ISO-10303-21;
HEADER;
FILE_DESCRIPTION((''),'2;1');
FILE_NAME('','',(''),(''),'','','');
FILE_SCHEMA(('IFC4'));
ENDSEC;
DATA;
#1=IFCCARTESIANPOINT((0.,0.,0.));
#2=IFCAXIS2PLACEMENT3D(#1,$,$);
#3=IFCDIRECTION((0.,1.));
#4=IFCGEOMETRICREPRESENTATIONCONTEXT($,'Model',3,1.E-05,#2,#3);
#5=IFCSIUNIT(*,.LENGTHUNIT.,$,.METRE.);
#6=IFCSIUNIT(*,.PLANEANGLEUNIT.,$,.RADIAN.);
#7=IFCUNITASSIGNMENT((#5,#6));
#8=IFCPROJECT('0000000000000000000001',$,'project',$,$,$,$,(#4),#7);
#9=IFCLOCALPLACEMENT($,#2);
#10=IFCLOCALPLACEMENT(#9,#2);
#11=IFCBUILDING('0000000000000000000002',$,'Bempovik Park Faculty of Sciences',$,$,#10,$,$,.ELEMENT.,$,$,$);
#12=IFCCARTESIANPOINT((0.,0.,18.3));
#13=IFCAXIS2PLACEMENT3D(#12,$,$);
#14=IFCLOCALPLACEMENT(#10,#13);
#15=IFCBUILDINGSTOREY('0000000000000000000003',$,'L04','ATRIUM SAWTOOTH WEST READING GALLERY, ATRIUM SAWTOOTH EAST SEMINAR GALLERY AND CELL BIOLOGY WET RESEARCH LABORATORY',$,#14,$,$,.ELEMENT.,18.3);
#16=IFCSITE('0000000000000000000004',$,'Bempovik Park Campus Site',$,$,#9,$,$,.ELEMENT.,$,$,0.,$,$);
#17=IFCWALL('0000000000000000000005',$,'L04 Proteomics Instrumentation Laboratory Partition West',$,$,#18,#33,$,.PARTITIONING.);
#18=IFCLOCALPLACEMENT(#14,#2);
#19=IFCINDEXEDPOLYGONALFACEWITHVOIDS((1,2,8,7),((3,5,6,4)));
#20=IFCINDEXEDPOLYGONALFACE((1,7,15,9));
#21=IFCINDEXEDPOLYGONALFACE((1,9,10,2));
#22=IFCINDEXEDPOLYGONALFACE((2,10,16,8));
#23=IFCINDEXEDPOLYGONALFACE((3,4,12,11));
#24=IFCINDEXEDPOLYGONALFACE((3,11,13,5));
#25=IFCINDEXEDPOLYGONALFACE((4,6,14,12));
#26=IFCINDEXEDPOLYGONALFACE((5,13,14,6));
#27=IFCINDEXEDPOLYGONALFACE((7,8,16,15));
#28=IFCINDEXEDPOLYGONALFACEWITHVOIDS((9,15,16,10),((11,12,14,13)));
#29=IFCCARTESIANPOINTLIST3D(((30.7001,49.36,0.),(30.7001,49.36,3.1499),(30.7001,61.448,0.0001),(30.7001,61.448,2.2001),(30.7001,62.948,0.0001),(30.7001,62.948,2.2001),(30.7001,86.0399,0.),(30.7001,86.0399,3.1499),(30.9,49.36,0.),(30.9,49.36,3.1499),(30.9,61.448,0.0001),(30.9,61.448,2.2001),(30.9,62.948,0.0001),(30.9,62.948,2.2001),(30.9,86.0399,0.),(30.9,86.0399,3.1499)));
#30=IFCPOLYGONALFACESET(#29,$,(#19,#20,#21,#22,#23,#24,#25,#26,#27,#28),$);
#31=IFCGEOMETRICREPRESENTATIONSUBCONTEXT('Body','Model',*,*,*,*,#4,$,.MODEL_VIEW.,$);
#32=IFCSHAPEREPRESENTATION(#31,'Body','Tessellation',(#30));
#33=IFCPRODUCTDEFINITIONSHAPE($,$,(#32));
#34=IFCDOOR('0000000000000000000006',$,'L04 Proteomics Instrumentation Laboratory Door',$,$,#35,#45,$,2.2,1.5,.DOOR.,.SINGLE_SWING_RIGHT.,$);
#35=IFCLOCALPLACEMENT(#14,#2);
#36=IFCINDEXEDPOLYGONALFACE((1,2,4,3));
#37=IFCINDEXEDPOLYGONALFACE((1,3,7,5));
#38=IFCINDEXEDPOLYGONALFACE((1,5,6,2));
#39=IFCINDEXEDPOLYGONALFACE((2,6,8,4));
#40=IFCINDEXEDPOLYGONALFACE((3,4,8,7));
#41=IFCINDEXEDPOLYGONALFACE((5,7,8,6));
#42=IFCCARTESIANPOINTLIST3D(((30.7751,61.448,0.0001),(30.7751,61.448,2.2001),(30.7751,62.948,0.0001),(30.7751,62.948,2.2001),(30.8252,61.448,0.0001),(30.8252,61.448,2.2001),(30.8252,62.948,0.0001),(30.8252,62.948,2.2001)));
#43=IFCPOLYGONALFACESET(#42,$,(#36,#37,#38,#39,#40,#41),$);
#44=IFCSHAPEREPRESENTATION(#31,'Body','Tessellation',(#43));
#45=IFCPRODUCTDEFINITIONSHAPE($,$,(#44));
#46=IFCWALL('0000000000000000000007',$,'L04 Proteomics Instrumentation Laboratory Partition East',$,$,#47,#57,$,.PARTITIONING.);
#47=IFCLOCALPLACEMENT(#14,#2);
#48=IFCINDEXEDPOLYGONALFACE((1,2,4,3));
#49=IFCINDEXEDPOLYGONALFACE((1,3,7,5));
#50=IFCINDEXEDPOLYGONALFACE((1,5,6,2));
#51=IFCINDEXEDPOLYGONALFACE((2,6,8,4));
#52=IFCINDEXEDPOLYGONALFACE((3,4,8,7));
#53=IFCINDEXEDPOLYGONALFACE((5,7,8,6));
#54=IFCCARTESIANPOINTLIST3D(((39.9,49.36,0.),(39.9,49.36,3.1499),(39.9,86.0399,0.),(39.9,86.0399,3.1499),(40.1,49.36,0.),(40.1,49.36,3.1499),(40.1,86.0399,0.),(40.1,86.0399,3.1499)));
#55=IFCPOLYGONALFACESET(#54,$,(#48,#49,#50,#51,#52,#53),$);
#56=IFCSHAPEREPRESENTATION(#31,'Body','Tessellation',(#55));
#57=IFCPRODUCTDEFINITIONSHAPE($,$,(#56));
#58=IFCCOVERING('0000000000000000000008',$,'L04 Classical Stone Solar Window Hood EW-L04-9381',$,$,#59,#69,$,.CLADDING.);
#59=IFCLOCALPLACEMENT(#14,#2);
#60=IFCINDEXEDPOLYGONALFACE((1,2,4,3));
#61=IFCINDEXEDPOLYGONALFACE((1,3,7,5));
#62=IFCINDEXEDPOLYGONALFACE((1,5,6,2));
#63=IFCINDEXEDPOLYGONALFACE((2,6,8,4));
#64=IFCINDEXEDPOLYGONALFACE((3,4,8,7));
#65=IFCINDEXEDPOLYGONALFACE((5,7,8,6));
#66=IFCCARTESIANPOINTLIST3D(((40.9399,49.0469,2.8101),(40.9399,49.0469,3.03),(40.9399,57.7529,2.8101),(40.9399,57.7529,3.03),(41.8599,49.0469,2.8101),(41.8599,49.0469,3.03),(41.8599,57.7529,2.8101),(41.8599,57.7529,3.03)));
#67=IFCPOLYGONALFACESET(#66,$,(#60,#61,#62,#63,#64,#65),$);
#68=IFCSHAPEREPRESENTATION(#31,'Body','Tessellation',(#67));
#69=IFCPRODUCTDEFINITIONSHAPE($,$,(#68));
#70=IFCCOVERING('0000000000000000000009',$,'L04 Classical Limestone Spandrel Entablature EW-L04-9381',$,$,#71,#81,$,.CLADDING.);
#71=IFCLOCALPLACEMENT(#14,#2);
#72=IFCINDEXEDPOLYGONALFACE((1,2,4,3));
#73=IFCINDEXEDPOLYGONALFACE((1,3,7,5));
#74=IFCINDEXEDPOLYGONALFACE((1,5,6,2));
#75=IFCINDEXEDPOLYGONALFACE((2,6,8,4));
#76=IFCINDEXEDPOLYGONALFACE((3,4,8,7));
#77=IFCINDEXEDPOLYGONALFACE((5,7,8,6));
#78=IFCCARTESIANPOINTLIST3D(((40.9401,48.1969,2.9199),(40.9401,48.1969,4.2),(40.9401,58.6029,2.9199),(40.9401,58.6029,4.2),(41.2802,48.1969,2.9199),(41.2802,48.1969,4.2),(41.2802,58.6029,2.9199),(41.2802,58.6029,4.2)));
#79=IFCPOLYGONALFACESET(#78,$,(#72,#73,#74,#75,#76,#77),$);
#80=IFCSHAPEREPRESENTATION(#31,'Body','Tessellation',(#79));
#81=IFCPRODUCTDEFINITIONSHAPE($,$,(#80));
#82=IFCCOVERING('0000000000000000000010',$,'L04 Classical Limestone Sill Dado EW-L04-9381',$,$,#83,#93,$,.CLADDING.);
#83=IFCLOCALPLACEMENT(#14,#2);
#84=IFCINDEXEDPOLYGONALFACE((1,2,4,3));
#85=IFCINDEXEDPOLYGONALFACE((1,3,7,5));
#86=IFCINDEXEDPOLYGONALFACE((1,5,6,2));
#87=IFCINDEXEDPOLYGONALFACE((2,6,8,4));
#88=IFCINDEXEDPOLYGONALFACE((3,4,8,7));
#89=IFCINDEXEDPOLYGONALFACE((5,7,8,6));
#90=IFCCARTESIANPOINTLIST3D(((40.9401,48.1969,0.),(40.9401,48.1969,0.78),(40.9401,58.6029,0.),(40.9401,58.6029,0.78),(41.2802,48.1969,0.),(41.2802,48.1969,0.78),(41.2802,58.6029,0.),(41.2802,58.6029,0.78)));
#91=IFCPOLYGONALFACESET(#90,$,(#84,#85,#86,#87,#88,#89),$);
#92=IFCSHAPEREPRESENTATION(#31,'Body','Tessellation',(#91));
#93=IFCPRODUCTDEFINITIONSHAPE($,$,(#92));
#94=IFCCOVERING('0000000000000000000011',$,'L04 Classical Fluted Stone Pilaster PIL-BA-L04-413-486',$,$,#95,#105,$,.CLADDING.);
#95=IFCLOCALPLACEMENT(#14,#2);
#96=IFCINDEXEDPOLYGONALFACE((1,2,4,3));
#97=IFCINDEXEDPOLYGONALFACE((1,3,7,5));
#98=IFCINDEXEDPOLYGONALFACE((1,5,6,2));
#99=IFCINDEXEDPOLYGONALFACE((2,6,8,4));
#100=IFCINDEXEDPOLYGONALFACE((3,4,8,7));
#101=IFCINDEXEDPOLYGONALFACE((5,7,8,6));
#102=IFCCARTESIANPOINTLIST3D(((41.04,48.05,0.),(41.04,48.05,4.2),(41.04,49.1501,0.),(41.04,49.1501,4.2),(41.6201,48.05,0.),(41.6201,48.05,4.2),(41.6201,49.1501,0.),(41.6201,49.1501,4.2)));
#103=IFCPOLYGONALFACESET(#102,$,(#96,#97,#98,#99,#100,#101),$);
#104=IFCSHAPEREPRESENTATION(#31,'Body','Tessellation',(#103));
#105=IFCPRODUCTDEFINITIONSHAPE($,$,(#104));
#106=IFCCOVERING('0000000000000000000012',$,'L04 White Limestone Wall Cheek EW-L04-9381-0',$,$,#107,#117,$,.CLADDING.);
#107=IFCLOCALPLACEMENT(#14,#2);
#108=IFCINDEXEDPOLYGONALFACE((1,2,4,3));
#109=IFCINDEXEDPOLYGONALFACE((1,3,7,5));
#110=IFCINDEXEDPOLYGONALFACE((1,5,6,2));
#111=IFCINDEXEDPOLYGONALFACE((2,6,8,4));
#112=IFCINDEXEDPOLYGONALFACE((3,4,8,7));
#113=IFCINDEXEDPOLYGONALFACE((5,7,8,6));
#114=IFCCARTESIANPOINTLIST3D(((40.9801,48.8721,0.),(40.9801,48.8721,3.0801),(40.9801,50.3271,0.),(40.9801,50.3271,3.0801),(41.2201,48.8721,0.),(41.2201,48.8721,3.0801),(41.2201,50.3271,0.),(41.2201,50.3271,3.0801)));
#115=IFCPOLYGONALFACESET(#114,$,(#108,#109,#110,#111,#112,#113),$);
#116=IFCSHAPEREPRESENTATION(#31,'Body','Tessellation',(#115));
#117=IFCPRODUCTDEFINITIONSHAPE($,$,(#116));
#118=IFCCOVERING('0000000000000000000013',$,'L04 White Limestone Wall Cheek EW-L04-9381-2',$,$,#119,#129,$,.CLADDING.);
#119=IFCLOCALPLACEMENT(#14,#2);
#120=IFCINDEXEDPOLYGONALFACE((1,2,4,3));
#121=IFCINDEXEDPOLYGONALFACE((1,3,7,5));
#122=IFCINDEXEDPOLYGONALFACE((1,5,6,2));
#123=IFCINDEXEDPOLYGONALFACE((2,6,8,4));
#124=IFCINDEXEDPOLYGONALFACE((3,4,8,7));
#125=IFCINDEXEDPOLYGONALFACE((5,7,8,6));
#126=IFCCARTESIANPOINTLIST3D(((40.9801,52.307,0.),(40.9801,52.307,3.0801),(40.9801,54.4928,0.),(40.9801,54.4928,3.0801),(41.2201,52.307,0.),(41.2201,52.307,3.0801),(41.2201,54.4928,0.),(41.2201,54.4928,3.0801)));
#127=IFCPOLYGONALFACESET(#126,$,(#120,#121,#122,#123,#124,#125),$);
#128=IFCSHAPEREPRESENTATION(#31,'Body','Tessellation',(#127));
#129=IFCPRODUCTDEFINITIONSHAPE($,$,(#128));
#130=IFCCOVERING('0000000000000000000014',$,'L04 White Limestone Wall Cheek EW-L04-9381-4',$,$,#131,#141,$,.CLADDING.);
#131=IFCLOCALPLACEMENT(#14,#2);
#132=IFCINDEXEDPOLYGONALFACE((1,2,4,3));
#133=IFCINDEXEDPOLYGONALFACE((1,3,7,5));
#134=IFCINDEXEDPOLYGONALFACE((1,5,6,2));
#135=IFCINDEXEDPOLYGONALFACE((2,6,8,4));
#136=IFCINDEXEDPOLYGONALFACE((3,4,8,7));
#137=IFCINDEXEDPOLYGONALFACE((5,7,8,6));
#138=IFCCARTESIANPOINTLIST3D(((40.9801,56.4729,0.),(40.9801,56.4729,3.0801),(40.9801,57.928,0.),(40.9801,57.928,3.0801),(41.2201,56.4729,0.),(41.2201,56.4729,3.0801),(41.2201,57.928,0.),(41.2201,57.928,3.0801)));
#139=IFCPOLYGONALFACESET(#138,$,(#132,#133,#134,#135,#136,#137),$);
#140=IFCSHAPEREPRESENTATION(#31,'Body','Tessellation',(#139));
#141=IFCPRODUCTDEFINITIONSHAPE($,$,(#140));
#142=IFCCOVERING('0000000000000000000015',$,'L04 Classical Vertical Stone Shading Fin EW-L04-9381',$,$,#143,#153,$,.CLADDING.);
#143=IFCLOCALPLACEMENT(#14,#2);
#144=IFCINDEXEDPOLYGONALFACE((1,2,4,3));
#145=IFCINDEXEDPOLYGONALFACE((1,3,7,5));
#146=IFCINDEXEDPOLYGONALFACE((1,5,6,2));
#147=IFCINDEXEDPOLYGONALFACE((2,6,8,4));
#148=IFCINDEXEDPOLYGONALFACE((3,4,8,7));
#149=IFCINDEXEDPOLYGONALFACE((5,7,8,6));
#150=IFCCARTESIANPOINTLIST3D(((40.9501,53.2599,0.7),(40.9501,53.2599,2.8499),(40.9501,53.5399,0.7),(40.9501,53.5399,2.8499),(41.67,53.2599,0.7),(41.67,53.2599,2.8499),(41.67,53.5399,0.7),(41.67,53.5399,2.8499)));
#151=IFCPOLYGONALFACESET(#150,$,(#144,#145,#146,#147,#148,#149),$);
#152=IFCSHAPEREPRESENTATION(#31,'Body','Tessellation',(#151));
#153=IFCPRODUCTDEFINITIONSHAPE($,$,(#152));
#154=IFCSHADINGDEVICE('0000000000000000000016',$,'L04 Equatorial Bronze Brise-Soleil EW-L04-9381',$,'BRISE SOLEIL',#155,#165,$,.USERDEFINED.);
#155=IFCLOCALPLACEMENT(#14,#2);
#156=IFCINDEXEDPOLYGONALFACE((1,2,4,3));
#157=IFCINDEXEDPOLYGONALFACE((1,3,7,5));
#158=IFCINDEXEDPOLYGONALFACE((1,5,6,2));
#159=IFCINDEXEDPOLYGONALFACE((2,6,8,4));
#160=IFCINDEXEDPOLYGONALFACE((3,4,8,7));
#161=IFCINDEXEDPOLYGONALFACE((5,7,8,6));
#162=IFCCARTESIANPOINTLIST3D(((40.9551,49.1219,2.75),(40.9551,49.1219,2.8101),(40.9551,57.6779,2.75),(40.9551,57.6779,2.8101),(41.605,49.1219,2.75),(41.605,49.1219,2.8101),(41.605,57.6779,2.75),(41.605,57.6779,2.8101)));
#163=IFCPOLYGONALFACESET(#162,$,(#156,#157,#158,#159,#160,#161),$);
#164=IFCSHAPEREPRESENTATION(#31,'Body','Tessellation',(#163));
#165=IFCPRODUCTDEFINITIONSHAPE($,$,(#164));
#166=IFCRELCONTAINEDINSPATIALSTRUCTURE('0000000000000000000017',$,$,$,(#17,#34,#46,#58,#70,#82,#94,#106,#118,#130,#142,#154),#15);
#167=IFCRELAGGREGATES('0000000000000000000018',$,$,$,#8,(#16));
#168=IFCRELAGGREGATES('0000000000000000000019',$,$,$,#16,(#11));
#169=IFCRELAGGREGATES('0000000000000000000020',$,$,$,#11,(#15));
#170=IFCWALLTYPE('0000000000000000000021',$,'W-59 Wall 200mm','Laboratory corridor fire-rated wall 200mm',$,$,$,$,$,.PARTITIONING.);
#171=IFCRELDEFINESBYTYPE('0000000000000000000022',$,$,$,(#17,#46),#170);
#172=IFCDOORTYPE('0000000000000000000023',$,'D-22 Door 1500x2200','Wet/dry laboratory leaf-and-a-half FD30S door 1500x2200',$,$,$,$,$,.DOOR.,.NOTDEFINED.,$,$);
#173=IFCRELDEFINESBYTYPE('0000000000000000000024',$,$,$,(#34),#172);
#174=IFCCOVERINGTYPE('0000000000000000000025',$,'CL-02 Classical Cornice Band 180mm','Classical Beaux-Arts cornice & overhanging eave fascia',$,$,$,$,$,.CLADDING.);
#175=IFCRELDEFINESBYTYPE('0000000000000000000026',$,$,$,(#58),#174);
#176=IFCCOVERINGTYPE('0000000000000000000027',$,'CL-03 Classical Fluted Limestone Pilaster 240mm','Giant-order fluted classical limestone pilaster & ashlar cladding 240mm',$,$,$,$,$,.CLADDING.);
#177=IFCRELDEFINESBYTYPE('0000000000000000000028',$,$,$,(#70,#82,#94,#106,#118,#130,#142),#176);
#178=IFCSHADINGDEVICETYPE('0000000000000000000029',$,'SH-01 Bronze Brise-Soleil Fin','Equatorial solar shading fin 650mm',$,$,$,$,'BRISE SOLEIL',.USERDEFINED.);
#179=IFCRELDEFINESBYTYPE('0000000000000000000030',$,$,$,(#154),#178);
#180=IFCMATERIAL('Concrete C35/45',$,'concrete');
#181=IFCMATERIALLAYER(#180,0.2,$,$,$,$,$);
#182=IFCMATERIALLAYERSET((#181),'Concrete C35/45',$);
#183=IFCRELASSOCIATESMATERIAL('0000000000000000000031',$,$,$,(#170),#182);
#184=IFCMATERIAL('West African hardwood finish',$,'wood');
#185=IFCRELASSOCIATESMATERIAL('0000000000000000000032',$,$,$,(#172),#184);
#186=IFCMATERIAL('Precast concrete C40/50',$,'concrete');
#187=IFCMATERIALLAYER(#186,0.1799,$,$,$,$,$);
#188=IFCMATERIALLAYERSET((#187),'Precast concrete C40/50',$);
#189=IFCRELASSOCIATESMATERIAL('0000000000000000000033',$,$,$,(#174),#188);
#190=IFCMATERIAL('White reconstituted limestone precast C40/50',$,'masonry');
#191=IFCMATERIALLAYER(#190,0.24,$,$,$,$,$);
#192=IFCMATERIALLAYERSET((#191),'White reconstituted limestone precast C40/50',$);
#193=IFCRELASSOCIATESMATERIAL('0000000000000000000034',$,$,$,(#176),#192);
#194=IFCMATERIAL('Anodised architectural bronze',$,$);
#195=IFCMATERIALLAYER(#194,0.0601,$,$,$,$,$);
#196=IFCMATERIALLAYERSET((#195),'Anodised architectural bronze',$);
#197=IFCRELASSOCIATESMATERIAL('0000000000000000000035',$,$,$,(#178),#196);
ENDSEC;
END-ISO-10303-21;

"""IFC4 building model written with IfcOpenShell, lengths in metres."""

from ifc_helpers import new_model, si_unit, direction, frame, frame_2d, origin, origin_2d, place, context, subcontext, project, spatial, rectangle, extrude, material, layer, layer_set, type_object, element, fill, save


model = new_model("IFC4")

# Units and contexts
model_context = context("Model", 3, precision=1e-05, world=origin(), true_north=direction((0.0, 1.0)))
body_context = subcontext(model_context, "Body", "Model", "MODEL_VIEW")
ifc_project = project(units=[si_unit("LENGTHUNIT", "METRE"), si_unit("PLANEANGLEUNIT", "RADIAN")], contexts=[model_context])

# Site, building, storey
site_placement = place(None, origin())
site = spatial("IfcSite", under=ifc_project, at=site_placement, Name="Bempovik Park Campus Site", CompositionType="ELEMENT", RefElevation=0.0)
building_placement = place(site_placement, origin())
building = spatial("IfcBuilding", under=site, at=building_placement, Name="Bempovik Park Faculty of Sciences", CompositionType="ELEMENT")
storey_placement = place(building_placement, frame((0.0, 0.0, 18.3)))
storey = spatial("IfcBuildingStorey", under=building, at=storey_placement, Name="L04", Description="ATRIUM SAWTOOTH WEST READING GALLERY, ATRIUM SAWTOOTH EAST SEMINAR GALLERY AND CELL BIOLOGY WET RESEARCH LABORATORY", CompositionType="ELEMENT", Elevation=18.3)

# Shared definitions
ifc_material_1 = material(Name="Concrete C35/45", Category="concrete")

# Shared definitions
ifc_material_2 = material(Name="Precast concrete C40/50", Category="concrete")

# Shared definitions
ifc_layer_1 = layer(ifc_material_1, 0.2)
ifc_layer_set_1 = layer_set([ifc_layer_1], Name="Concrete C35/45")
wall_type_1 = type_object("IfcWallType", Name="W-59 Wall 200mm", Description="Laboratory corridor fire-rated wall 200mm", PredefinedType="PARTITIONING", material=ifc_layer_set_1)

# Wall, opening, door
wall_1_placement = place(storey_placement, frame((30.8, 49.3601, 0.0), z_axis=(0.0, 0.0, 1.0), x_axis=(0.0, 1.0, 0.0)))
wall_1 = element("IfcWall", 1, at=wall_1_placement, inside=storey, type_object=wall_type_1, Name="L04 Proteomics Instrumentation Laboratory Partition West", PredefinedType="PARTITIONING", context=body_context, shape_type="SweptSolid", body=[
    extrude(rectangle(XDim=36.6799, YDim=0.2, at=frame_2d((18.3398, 0.0))), origin(), (0.0, 0.0, 1.0), 3.1499),
])
opening_1_placement = place(wall_1_placement, frame((12.0879, 0.0, 0.0)))
opening_1 = element("IfcOpeningElement", 2, at=opening_1_placement, cuts=wall_1, PredefinedType="OPENING", context=body_context, shape_type="SweptSolid", body=[
    extrude(rectangle(XDim=1.5, YDim=2.2, at=frame_2d((0.75, 1.1001))), frame((0.0, 0.1099, 0.0), z_axis=(0.0, -1.0, 0.0), x_axis=(1.0, 0.0, 0.0)), (0.0, 0.0, 1.0), 0.22),
])
ifc_material_3 = material(Name="West African hardwood finish", Category="wood")
door_type = type_object("IfcDoorType", Name="D-22 Door 1500x2200", Description="Wet/dry laboratory leaf-and-a-half FD30S door 1500x2200", OperationType="NOTDEFINED", PredefinedType="DOOR", material=ifc_material_3)
door_placement = place(opening_1_placement, origin())
door = element("IfcDoor", 3, at=door_placement, inside=storey, type_object=door_type, Name="L04 Proteomics Instrumentation Laboratory Door", OperationType="SINGLE_SWING_RIGHT", OverallHeight=2.2, OverallWidth=1.5, PredefinedType="DOOR", context=body_context, shape_type="SweptSolid", body=[
    extrude(rectangle(XDim=1.5, YDim=2.2, at=frame_2d((0.75, 1.1001))), frame((0.0, 0.0249, 0.0), z_axis=(0.0, -1.0, 0.0), x_axis=(1.0, 0.0, 0.0)), (0.0, 0.0, 1.0), 0.05),
])
fill(opening_1, door)

# Wall
wall_2_placement = place(storey_placement, frame((40.0, 49.3601, 0.0), z_axis=(0.0, 0.0, 1.0), x_axis=(0.0, 1.0, 0.0)))
element("IfcWall", 4, at=wall_2_placement, inside=storey, type_object=wall_type_1, Name="L04 Proteomics Instrumentation Laboratory Partition East", PredefinedType="PARTITIONING", context=body_context, shape_type="SweptSolid", body=[
    extrude(rectangle(XDim=36.6799, YDim=0.2, at=frame_2d((18.3398, 0.0))), origin(), (0.0, 0.0, 1.0), 3.1499),
])

# Coverings
ifc_layer_2 = layer(ifc_material_2, 0.1799)
ifc_layer_set_2 = layer_set([ifc_layer_2], Name="Precast concrete C40/50")
covering_type_1 = type_object("IfcCoveringType", Name="CL-02 Classical Cornice Band 180mm", Description="Classical Beaux-Arts cornice & overhanging eave fascia", PredefinedType="CLADDING", material=ifc_layer_set_2)
covering_1_placement = place(storey_placement, frame((41.3999, 53.3999, 2.8101), z_axis=(0.0, 0.0, 1.0), x_axis=(1.0, 0.0, 0.0)))
element("IfcCovering", 5, at=covering_1_placement, inside=storey, type_object=covering_type_1, Name="L04 Classical Stone Solar Window Hood EW-L04-9381", PredefinedType="CLADDING", context=body_context, shape_type="SweptSolid", body=[
    extrude(rectangle(XDim=0.9199, YDim=8.7061, at=origin_2d()), origin(), (0.0, 0.0, 1.0), 0.22),
])
ifc_material_4 = material(Name="White reconstituted limestone precast C40/50", Category="masonry")
ifc_layer_3 = layer(ifc_material_4, 0.24)
ifc_layer_set_3 = layer_set([ifc_layer_3], Name="White reconstituted limestone precast C40/50")
covering_type_2 = type_object("IfcCoveringType", Name="CL-03 Classical Fluted Limestone Pilaster 240mm", Description="Giant-order fluted classical limestone pilaster & ashlar cladding 240mm", PredefinedType="CLADDING", material=ifc_layer_set_3)
covering_2_placement = place(storey_placement, frame((41.1101, 53.3999, 2.9199), z_axis=(0.0, 0.0, 1.0), x_axis=(1.0, 0.0, 0.0)))
element("IfcCovering", 6, at=covering_2_placement, inside=storey, type_object=covering_type_2, Name="L04 Classical Limestone Spandrel Entablature EW-L04-9381", PredefinedType="CLADDING", context=body_context, shape_type="SweptSolid", body=[
    extrude(rectangle(XDim=0.3401, YDim=10.406, at=origin_2d()), origin(), (0.0, 0.0, 1.0), 1.28),
])
covering_3_placement = place(storey_placement, frame((41.1101, 53.3999, 0.0), z_axis=(0.0, 0.0, 1.0), x_axis=(1.0, 0.0, 0.0)))
element("IfcCovering", 7, at=covering_3_placement, inside=storey, type_object=covering_type_2, Name="L04 Classical Limestone Sill Dado EW-L04-9381", PredefinedType="CLADDING", context=body_context, shape_type="SweptSolid", body=[
    extrude(rectangle(XDim=0.3401, YDim=10.406, at=origin_2d()), origin(), (0.0, 0.0, 1.0), 0.78),
])
covering_4_placement = place(storey_placement, frame((41.3301, 48.6001, 0.0), z_axis=(0.0, 0.0, 1.0), x_axis=(1.0, 0.0, 0.0)))
element("IfcCovering", 8, at=covering_4_placement, inside=storey, type_object=covering_type_2, Name="L04 Classical Fluted Stone Pilaster PIL-BA-L04-413-486", PredefinedType="CLADDING", context=body_context, shape_type="SweptSolid", body=[
    extrude(rectangle(XDim=0.5801, YDim=1.1001, at=origin_2d()), origin(), (0.0, 0.0, 1.0), 4.2),
])
covering_5_placement = place(storey_placement, frame((41.1001, 49.5996, 0.0), z_axis=(0.0, 0.0, 1.0), x_axis=(1.0, 0.0, 0.0)))
element("IfcCovering", 9, at=covering_5_placement, inside=storey, type_object=covering_type_2, Name="L04 White Limestone Wall Cheek EW-L04-9381-0", PredefinedType="CLADDING", context=body_context, shape_type="SweptSolid", body=[
    extrude(rectangle(XDim=0.24, YDim=1.4551, at=origin_2d()), origin(), (0.0, 0.0, 1.0), 3.0801),
])
covering_6_placement = place(storey_placement, frame((41.1001, 53.3999, 0.0), z_axis=(0.0, 0.0, 1.0), x_axis=(1.0, 0.0, 0.0)))
element("IfcCovering", 10, at=covering_6_placement, inside=storey, type_object=covering_type_2, Name="L04 White Limestone Wall Cheek EW-L04-9381-2", PredefinedType="CLADDING", context=body_context, shape_type="SweptSolid", body=[
    extrude(rectangle(XDim=0.24, YDim=2.1858, at=origin_2d()), origin(), (0.0, 0.0, 1.0), 3.0801),
])
covering_7_placement = place(storey_placement, frame((41.1001, 57.2004, 0.0), z_axis=(0.0, 0.0, 1.0), x_axis=(1.0, 0.0, 0.0)))
element("IfcCovering", 11, at=covering_7_placement, inside=storey, type_object=covering_type_2, Name="L04 White Limestone Wall Cheek EW-L04-9381-4", PredefinedType="CLADDING", context=body_context, shape_type="SweptSolid", body=[
    extrude(rectangle(XDim=0.24, YDim=1.4551, at=origin_2d()), origin(), (0.0, 0.0, 1.0), 3.0801),
])
covering_8_placement = place(storey_placement, frame((41.3101, 53.3999, 0.7), z_axis=(0.0, 0.0, 1.0), x_axis=(1.0, 0.0, 0.0)))
element("IfcCovering", 12, at=covering_8_placement, inside=storey, type_object=covering_type_2, Name="L04 Classical Vertical Stone Shading Fin EW-L04-9381", PredefinedType="CLADDING", context=body_context, shape_type="SweptSolid", body=[
    extrude(rectangle(XDim=0.72, YDim=0.28, at=origin_2d()), origin(), (0.0, 0.0, 1.0), 2.1499),
])

# Shading device
ifc_material_5 = material(Name="Anodised architectural bronze")
ifc_layer_4 = layer(ifc_material_5, 0.0601)
ifc_layer_set_4 = layer_set([ifc_layer_4], Name="Anodised architectural bronze")
shading_device_type = type_object("IfcShadingDeviceType", Name="SH-01 Bronze Brise-Soleil Fin", Description="Equatorial solar shading fin 650mm", ElementType="BRISE SOLEIL", PredefinedType="USERDEFINED", material=ifc_layer_set_4)
shading_device_placement = place(storey_placement, frame((41.28, 53.3999, 2.75), z_axis=(0.0, 0.0, 1.0), x_axis=(1.0, 0.0, 0.0)))
element("IfcShadingDevice", 13, at=shading_device_placement, inside=storey, type_object=shading_device_type, Name="L04 Equatorial Bronze Brise-Soleil EW-L04-9381", ObjectType="BRISE SOLEIL", PredefinedType="USERDEFINED", context=body_context, shape_type="SweptSolid", body=[
    extrude(rectangle(XDim=0.6499, YDim=8.5559, at=origin_2d()), origin(), (0.0, 0.0, 1.0), 0.0601),
])

save(model, "model.ifc")
